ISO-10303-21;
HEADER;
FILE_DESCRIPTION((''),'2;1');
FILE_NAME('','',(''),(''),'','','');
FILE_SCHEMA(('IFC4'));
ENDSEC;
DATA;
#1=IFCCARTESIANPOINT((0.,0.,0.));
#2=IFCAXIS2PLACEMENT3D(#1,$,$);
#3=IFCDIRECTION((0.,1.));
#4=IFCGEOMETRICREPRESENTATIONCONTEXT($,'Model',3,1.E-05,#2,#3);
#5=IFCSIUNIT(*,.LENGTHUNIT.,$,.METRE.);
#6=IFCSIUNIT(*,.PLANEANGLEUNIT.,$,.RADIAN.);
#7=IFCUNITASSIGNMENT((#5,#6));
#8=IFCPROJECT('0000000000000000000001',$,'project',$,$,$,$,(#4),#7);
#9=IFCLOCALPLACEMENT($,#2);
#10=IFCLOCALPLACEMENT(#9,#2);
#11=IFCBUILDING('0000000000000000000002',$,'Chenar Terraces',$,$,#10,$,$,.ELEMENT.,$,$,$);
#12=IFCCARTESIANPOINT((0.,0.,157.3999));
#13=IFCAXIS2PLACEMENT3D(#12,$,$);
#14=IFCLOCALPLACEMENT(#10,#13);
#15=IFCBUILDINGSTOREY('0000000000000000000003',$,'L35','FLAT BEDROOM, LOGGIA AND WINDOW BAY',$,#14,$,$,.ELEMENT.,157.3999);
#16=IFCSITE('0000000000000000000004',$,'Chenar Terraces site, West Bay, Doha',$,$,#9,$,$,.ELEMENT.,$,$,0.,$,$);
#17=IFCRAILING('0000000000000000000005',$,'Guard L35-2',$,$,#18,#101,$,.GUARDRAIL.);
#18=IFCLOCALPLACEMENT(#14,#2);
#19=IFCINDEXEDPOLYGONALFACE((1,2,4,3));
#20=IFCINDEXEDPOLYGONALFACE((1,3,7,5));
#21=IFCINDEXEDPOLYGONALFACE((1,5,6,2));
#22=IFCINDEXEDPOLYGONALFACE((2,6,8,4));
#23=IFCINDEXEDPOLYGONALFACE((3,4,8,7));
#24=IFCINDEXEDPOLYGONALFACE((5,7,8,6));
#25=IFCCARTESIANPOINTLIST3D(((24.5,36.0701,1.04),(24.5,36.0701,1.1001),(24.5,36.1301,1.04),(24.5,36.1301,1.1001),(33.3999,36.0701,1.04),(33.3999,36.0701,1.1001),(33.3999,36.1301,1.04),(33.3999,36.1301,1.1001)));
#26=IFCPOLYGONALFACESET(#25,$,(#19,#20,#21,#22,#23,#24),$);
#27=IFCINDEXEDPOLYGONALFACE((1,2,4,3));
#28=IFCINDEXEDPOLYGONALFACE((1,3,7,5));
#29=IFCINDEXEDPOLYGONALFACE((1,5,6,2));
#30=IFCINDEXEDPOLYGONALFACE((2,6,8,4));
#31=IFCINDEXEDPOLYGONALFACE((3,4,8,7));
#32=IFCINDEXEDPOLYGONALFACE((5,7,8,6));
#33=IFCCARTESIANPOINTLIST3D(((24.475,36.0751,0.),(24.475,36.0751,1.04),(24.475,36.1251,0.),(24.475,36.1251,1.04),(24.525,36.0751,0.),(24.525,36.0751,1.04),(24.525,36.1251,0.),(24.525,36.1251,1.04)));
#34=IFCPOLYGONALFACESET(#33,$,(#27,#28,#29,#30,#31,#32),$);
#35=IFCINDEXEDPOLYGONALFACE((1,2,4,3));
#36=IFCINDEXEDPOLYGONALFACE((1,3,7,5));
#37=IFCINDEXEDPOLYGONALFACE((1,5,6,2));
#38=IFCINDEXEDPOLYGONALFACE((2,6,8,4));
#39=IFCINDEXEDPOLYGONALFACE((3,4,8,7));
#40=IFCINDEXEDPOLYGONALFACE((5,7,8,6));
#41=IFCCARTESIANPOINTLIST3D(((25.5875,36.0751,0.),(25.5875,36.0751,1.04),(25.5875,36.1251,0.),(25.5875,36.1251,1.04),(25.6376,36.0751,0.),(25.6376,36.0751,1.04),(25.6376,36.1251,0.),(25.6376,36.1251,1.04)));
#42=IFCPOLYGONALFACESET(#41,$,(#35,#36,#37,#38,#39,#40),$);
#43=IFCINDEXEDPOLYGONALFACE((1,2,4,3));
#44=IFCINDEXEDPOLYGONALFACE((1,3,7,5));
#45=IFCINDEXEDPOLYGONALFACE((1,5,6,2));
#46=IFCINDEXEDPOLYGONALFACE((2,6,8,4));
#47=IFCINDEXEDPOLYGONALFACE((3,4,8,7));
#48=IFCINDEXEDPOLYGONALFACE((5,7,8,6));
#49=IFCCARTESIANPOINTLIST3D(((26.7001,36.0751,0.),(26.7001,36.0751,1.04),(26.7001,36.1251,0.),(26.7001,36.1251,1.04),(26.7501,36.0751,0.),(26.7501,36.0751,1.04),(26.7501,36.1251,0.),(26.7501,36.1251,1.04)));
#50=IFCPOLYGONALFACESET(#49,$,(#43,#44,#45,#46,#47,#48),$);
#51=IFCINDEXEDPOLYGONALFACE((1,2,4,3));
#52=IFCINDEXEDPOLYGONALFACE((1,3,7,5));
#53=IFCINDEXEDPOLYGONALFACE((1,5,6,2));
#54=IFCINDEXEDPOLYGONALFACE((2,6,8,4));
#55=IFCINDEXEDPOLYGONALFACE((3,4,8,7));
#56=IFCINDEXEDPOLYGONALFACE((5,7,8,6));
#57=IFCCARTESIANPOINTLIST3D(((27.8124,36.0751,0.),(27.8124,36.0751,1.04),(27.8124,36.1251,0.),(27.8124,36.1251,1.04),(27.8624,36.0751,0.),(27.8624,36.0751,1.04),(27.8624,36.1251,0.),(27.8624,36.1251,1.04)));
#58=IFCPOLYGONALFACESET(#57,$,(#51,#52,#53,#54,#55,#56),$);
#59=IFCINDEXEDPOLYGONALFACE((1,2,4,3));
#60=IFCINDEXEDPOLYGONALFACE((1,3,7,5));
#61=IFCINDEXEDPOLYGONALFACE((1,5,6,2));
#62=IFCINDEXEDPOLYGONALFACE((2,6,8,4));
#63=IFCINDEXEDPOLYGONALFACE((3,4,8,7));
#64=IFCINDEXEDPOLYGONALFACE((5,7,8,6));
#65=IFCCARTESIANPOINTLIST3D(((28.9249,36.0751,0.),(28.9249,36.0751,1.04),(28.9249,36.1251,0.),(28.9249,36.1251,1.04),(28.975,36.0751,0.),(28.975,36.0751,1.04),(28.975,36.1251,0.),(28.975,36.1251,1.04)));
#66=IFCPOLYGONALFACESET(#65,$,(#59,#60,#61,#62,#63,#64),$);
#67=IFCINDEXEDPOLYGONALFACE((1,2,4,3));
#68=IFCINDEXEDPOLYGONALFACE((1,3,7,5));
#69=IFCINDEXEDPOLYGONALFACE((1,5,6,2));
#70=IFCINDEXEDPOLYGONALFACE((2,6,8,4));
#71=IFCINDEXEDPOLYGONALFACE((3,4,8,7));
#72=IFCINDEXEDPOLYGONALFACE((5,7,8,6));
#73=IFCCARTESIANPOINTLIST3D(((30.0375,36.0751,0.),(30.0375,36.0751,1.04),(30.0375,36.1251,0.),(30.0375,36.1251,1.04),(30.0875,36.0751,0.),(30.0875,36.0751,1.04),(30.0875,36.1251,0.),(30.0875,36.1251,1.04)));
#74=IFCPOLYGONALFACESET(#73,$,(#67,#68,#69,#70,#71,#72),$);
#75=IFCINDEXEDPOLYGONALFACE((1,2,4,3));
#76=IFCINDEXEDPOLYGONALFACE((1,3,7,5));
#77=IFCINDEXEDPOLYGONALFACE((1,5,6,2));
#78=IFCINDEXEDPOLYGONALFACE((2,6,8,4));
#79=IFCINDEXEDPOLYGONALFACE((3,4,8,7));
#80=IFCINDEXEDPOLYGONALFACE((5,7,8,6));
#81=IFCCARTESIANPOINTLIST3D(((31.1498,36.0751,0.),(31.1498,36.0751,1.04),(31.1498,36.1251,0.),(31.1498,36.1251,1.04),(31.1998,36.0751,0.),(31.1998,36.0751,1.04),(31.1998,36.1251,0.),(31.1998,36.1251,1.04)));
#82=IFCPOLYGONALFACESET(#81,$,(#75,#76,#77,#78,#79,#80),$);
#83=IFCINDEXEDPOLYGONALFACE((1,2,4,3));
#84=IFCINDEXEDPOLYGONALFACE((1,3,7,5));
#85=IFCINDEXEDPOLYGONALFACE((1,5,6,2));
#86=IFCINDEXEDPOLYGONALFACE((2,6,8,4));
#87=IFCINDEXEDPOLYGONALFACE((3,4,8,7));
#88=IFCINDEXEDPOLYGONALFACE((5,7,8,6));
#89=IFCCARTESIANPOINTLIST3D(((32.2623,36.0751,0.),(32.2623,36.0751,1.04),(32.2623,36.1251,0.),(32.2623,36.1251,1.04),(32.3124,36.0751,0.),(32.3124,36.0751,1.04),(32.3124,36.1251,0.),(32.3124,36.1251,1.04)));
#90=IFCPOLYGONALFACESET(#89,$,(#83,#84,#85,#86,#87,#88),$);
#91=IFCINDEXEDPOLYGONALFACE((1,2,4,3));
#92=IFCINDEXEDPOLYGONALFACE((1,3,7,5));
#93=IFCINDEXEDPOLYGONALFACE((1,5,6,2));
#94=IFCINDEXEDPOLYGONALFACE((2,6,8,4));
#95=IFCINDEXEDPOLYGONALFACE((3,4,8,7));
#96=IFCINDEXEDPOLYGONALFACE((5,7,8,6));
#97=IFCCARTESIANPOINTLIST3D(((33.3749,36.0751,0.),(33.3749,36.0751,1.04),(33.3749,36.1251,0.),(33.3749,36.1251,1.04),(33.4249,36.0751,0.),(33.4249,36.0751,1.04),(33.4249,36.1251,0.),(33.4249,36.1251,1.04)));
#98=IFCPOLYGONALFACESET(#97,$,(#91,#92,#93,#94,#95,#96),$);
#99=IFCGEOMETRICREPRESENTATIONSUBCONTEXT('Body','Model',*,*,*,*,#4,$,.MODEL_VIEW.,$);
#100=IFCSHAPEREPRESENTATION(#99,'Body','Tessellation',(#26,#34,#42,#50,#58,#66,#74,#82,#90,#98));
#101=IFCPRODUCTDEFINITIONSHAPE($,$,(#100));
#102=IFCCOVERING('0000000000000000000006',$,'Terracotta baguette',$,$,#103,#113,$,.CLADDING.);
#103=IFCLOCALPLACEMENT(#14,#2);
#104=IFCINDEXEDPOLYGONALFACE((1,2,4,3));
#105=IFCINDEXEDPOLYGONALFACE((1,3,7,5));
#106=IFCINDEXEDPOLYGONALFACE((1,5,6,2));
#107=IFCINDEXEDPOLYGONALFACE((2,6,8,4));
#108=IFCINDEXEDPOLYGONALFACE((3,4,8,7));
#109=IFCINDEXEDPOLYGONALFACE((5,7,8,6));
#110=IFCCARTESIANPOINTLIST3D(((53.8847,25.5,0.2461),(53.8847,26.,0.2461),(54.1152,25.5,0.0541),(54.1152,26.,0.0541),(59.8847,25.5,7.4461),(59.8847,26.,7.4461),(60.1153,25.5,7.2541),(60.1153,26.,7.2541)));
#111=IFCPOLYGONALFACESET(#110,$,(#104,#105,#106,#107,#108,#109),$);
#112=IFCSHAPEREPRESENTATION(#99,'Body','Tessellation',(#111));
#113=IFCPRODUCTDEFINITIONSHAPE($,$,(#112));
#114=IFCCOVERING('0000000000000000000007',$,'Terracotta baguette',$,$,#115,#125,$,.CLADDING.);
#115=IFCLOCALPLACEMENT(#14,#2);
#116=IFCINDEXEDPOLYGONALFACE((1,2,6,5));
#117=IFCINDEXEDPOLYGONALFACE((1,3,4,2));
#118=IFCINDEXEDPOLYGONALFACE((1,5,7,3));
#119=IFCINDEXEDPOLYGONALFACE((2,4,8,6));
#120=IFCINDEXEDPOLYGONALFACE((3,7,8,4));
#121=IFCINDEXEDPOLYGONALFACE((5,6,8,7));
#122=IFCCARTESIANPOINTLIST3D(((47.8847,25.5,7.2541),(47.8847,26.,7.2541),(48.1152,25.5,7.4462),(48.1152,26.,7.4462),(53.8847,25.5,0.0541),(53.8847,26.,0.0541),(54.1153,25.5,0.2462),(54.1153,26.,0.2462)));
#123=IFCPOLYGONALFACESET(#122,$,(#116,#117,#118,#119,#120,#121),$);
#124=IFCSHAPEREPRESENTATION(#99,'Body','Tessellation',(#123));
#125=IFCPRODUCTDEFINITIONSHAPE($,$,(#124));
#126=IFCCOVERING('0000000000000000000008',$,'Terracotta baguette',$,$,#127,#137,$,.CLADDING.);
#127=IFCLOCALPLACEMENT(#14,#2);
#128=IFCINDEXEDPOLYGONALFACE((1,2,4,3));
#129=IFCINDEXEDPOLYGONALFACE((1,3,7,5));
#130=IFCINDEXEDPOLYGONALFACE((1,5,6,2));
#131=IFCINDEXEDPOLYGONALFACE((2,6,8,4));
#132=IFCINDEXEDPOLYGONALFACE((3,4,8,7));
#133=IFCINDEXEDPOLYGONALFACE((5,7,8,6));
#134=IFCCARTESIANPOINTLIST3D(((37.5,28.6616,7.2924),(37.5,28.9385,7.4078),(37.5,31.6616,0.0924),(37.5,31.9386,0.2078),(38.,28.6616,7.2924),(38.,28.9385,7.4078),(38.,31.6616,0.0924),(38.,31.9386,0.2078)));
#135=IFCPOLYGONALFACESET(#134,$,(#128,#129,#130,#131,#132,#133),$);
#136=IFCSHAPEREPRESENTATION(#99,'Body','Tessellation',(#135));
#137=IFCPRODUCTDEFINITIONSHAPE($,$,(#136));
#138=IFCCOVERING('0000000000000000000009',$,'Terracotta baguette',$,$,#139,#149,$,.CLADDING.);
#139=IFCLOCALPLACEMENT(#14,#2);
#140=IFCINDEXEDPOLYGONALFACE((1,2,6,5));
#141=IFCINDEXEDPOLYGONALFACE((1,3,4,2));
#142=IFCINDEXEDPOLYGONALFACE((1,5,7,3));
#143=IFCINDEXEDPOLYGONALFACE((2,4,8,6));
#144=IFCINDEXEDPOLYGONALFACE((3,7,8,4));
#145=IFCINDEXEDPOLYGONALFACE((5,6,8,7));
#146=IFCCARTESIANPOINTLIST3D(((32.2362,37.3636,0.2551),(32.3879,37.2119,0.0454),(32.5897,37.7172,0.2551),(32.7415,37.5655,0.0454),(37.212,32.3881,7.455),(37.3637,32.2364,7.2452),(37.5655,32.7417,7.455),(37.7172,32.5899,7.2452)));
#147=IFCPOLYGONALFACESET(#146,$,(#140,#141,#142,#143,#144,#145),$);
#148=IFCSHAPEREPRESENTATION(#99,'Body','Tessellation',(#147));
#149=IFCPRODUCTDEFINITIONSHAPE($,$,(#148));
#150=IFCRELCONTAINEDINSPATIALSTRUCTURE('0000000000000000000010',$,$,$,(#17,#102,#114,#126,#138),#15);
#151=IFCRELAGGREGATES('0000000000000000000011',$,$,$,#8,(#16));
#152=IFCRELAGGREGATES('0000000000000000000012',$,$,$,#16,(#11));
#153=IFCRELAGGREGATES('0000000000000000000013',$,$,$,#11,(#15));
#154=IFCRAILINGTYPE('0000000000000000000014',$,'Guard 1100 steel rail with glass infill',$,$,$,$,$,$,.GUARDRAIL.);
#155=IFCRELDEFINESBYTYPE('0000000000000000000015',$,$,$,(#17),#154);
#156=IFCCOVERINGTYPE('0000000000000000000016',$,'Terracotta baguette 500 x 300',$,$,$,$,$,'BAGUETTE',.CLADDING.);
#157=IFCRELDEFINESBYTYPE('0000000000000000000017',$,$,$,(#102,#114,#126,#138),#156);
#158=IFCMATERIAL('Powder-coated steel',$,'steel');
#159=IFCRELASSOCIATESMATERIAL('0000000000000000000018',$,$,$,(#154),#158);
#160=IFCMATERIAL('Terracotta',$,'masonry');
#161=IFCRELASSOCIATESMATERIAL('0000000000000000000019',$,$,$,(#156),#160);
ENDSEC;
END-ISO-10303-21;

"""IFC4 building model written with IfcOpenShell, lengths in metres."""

from ifc_helpers import new_model, si_unit, direction, frame, origin, origin_2d, place, context, subcontext, project, spatial, rectangle, extrude, material, material_profile, profile_set, type_object, element, save


model = new_model("IFC4")

# Units and contexts
model_context = context("Model", 3, precision=1e-05, world=origin(), true_north=direction((0.0, 1.0)))
body_context = subcontext(model_context, "Body", "Model", "MODEL_VIEW")
ifc_project = project(units=[si_unit("LENGTHUNIT", "METRE"), si_unit("PLANEANGLEUNIT", "RADIAN")], contexts=[model_context])

# Site, building, storey
site_placement = place(None, origin())
site = spatial("IfcSite", under=ifc_project, at=site_placement, Name="Chenar Terraces site, West Bay, Doha", CompositionType="ELEMENT", RefElevation=0.0)
building_placement = place(site_placement, origin())
building = spatial("IfcBuilding", under=site, at=building_placement, Name="Chenar Terraces", CompositionType="ELEMENT")
storey_placement = place(building_placement, frame((0.0, 0.0, 157.3999)))
storey = spatial("IfcBuildingStorey", under=building, at=storey_placement, Name="L35", Description="FLAT BEDROOM, LOGGIA AND WINDOW BAY", CompositionType="ELEMENT", Elevation=157.3999)

# Railing
ifc_material_1 = material(Name="Powder-coated steel", Category="steel")
railing_type = type_object("IfcRailingType", Name="Guard 1100 steel rail with glass infill", PredefinedType="GUARDRAIL", material=ifc_material_1)
railing_placement = place(storey_placement, frame((24.5, 36.1001, 0.0)))
element("IfcRailing", 1, at=railing_placement, inside=storey, type_object=railing_type, Name="Guard L35-2", PredefinedType="GUARDRAIL", context=body_context, shape_type="SweptSolid", body=[
    extrude(rectangle(XDim=0.0601, YDim=0.0601, at=origin_2d()), frame((0.0, 0.0, 1.0701), z_axis=(1.0, 0.0, 0.0), x_axis=(0.0, 1.0, 0.0)), (0.0, 0.0, 1.0), 8.8999),
    extrude(rectangle(XDim=0.05, YDim=0.05, at=origin_2d()), origin(), (0.0, 0.0, 1.0), 1.04),
    extrude(rectangle(XDim=0.05, YDim=0.05, at=origin_2d()), frame((1.1125, 0.0, 0.0)), (0.0, 0.0, 1.0), 1.04),
    extrude(rectangle(XDim=0.05, YDim=0.05, at=origin_2d()), frame((2.2251, 0.0, 0.0)), (0.0, 0.0, 1.0), 1.04),
    extrude(rectangle(XDim=0.05, YDim=0.05, at=origin_2d()), frame((3.3374, 0.0, 0.0)), (0.0, 0.0, 1.0), 1.04),
    extrude(rectangle(XDim=0.05, YDim=0.05, at=origin_2d()), frame((4.45, 0.0, 0.0)), (0.0, 0.0, 1.0), 1.04),
    extrude(rectangle(XDim=0.05, YDim=0.05, at=origin_2d()), frame((5.5625, 0.0, 0.0)), (0.0, 0.0, 1.0), 1.04),
    extrude(rectangle(XDim=0.05, YDim=0.05, at=origin_2d()), frame((6.6748, 0.0, 0.0)), (0.0, 0.0, 1.0), 1.04),
    extrude(rectangle(XDim=0.05, YDim=0.05, at=origin_2d()), frame((7.7874, 0.0, 0.0)), (0.0, 0.0, 1.0), 1.04),
    extrude(rectangle(XDim=0.05, YDim=0.05, at=origin_2d()), frame((8.8999, 0.0, 0.0)), (0.0, 0.0, 1.0), 1.04),
])

# Coverings
ifc_material_2 = material(Name="Terracotta", Category="masonry")
ifc_material_profile_1 = material_profile(ifc_material_2, rectangle(XDim=0.5, YDim=0.3, at=origin_2d()), Name="Terracotta baguette 500 x 300")
ifc_profile_set_1 = profile_set([ifc_material_profile_1], Name="Terracotta")
covering_type = type_object("IfcCoveringType", Name="Terracotta baguette 500 x 300", ElementType="BAGUETTE", PredefinedType="CLADDING", material=ifc_profile_set_1)
for number, where, z_axis, x_axis, name in (
    (2, (60.0, 25.75, 7.3501), (-0.640187, 0.0, -0.768219), (0.0, -1.0, 0.0), "Terracotta baguette"),
    (3, (54.0, 25.75, 0.1501), (-0.640187, 0.0, 0.768219), (0.0, -1.0, 0.0), "Terracotta baguette"),
):
    element("IfcCovering", number, at=place(storey_placement, frame(where, z_axis=z_axis, x_axis=x_axis)), inside=storey, type_object=covering_type, Name=name, PredefinedType="CLADDING", context=body_context, shape_type="SweptSolid", body=[
        extrude(rectangle(XDim=0.5, YDim=0.3, at=origin_2d()), origin(), (0.0, 0.0, 1.0), 9.3723),
    ])
covering_1_placement = place(storey_placement, frame((37.75, 28.8, 7.3501), z_axis=(0.0, 0.384618, -0.923076), x_axis=(-1.0, 0.0, 0.0)))
element("IfcCovering", 4, at=covering_1_placement, inside=storey, type_object=covering_type, Name="Terracotta baguette", PredefinedType="CLADDING", context=body_context, shape_type="SweptSolid", body=[
    extrude(rectangle(XDim=0.5, YDim=0.3, at=origin_2d()), origin(), (0.0, 0.0, 1.0), 7.8),
])
covering_2_placement = place(storey_placement, frame((37.4646, 32.489, 7.3501), z_axis=(-0.494247, 0.494222, -0.715167), x_axis=(-0.707089, -0.707124, 0.0)))
element("IfcCovering", 5, at=covering_2_placement, inside=storey, type_object=covering_type, Name="Terracotta baguette", PredefinedType="CLADDING", context=body_context, shape_type="SweptSolid", body=[
    extrude(rectangle(XDim=0.5, YDim=0.3, at=origin_2d()), origin(), (0.0, 0.0, 1.0), 10.0674),
])

save(model, "model.ifc")
